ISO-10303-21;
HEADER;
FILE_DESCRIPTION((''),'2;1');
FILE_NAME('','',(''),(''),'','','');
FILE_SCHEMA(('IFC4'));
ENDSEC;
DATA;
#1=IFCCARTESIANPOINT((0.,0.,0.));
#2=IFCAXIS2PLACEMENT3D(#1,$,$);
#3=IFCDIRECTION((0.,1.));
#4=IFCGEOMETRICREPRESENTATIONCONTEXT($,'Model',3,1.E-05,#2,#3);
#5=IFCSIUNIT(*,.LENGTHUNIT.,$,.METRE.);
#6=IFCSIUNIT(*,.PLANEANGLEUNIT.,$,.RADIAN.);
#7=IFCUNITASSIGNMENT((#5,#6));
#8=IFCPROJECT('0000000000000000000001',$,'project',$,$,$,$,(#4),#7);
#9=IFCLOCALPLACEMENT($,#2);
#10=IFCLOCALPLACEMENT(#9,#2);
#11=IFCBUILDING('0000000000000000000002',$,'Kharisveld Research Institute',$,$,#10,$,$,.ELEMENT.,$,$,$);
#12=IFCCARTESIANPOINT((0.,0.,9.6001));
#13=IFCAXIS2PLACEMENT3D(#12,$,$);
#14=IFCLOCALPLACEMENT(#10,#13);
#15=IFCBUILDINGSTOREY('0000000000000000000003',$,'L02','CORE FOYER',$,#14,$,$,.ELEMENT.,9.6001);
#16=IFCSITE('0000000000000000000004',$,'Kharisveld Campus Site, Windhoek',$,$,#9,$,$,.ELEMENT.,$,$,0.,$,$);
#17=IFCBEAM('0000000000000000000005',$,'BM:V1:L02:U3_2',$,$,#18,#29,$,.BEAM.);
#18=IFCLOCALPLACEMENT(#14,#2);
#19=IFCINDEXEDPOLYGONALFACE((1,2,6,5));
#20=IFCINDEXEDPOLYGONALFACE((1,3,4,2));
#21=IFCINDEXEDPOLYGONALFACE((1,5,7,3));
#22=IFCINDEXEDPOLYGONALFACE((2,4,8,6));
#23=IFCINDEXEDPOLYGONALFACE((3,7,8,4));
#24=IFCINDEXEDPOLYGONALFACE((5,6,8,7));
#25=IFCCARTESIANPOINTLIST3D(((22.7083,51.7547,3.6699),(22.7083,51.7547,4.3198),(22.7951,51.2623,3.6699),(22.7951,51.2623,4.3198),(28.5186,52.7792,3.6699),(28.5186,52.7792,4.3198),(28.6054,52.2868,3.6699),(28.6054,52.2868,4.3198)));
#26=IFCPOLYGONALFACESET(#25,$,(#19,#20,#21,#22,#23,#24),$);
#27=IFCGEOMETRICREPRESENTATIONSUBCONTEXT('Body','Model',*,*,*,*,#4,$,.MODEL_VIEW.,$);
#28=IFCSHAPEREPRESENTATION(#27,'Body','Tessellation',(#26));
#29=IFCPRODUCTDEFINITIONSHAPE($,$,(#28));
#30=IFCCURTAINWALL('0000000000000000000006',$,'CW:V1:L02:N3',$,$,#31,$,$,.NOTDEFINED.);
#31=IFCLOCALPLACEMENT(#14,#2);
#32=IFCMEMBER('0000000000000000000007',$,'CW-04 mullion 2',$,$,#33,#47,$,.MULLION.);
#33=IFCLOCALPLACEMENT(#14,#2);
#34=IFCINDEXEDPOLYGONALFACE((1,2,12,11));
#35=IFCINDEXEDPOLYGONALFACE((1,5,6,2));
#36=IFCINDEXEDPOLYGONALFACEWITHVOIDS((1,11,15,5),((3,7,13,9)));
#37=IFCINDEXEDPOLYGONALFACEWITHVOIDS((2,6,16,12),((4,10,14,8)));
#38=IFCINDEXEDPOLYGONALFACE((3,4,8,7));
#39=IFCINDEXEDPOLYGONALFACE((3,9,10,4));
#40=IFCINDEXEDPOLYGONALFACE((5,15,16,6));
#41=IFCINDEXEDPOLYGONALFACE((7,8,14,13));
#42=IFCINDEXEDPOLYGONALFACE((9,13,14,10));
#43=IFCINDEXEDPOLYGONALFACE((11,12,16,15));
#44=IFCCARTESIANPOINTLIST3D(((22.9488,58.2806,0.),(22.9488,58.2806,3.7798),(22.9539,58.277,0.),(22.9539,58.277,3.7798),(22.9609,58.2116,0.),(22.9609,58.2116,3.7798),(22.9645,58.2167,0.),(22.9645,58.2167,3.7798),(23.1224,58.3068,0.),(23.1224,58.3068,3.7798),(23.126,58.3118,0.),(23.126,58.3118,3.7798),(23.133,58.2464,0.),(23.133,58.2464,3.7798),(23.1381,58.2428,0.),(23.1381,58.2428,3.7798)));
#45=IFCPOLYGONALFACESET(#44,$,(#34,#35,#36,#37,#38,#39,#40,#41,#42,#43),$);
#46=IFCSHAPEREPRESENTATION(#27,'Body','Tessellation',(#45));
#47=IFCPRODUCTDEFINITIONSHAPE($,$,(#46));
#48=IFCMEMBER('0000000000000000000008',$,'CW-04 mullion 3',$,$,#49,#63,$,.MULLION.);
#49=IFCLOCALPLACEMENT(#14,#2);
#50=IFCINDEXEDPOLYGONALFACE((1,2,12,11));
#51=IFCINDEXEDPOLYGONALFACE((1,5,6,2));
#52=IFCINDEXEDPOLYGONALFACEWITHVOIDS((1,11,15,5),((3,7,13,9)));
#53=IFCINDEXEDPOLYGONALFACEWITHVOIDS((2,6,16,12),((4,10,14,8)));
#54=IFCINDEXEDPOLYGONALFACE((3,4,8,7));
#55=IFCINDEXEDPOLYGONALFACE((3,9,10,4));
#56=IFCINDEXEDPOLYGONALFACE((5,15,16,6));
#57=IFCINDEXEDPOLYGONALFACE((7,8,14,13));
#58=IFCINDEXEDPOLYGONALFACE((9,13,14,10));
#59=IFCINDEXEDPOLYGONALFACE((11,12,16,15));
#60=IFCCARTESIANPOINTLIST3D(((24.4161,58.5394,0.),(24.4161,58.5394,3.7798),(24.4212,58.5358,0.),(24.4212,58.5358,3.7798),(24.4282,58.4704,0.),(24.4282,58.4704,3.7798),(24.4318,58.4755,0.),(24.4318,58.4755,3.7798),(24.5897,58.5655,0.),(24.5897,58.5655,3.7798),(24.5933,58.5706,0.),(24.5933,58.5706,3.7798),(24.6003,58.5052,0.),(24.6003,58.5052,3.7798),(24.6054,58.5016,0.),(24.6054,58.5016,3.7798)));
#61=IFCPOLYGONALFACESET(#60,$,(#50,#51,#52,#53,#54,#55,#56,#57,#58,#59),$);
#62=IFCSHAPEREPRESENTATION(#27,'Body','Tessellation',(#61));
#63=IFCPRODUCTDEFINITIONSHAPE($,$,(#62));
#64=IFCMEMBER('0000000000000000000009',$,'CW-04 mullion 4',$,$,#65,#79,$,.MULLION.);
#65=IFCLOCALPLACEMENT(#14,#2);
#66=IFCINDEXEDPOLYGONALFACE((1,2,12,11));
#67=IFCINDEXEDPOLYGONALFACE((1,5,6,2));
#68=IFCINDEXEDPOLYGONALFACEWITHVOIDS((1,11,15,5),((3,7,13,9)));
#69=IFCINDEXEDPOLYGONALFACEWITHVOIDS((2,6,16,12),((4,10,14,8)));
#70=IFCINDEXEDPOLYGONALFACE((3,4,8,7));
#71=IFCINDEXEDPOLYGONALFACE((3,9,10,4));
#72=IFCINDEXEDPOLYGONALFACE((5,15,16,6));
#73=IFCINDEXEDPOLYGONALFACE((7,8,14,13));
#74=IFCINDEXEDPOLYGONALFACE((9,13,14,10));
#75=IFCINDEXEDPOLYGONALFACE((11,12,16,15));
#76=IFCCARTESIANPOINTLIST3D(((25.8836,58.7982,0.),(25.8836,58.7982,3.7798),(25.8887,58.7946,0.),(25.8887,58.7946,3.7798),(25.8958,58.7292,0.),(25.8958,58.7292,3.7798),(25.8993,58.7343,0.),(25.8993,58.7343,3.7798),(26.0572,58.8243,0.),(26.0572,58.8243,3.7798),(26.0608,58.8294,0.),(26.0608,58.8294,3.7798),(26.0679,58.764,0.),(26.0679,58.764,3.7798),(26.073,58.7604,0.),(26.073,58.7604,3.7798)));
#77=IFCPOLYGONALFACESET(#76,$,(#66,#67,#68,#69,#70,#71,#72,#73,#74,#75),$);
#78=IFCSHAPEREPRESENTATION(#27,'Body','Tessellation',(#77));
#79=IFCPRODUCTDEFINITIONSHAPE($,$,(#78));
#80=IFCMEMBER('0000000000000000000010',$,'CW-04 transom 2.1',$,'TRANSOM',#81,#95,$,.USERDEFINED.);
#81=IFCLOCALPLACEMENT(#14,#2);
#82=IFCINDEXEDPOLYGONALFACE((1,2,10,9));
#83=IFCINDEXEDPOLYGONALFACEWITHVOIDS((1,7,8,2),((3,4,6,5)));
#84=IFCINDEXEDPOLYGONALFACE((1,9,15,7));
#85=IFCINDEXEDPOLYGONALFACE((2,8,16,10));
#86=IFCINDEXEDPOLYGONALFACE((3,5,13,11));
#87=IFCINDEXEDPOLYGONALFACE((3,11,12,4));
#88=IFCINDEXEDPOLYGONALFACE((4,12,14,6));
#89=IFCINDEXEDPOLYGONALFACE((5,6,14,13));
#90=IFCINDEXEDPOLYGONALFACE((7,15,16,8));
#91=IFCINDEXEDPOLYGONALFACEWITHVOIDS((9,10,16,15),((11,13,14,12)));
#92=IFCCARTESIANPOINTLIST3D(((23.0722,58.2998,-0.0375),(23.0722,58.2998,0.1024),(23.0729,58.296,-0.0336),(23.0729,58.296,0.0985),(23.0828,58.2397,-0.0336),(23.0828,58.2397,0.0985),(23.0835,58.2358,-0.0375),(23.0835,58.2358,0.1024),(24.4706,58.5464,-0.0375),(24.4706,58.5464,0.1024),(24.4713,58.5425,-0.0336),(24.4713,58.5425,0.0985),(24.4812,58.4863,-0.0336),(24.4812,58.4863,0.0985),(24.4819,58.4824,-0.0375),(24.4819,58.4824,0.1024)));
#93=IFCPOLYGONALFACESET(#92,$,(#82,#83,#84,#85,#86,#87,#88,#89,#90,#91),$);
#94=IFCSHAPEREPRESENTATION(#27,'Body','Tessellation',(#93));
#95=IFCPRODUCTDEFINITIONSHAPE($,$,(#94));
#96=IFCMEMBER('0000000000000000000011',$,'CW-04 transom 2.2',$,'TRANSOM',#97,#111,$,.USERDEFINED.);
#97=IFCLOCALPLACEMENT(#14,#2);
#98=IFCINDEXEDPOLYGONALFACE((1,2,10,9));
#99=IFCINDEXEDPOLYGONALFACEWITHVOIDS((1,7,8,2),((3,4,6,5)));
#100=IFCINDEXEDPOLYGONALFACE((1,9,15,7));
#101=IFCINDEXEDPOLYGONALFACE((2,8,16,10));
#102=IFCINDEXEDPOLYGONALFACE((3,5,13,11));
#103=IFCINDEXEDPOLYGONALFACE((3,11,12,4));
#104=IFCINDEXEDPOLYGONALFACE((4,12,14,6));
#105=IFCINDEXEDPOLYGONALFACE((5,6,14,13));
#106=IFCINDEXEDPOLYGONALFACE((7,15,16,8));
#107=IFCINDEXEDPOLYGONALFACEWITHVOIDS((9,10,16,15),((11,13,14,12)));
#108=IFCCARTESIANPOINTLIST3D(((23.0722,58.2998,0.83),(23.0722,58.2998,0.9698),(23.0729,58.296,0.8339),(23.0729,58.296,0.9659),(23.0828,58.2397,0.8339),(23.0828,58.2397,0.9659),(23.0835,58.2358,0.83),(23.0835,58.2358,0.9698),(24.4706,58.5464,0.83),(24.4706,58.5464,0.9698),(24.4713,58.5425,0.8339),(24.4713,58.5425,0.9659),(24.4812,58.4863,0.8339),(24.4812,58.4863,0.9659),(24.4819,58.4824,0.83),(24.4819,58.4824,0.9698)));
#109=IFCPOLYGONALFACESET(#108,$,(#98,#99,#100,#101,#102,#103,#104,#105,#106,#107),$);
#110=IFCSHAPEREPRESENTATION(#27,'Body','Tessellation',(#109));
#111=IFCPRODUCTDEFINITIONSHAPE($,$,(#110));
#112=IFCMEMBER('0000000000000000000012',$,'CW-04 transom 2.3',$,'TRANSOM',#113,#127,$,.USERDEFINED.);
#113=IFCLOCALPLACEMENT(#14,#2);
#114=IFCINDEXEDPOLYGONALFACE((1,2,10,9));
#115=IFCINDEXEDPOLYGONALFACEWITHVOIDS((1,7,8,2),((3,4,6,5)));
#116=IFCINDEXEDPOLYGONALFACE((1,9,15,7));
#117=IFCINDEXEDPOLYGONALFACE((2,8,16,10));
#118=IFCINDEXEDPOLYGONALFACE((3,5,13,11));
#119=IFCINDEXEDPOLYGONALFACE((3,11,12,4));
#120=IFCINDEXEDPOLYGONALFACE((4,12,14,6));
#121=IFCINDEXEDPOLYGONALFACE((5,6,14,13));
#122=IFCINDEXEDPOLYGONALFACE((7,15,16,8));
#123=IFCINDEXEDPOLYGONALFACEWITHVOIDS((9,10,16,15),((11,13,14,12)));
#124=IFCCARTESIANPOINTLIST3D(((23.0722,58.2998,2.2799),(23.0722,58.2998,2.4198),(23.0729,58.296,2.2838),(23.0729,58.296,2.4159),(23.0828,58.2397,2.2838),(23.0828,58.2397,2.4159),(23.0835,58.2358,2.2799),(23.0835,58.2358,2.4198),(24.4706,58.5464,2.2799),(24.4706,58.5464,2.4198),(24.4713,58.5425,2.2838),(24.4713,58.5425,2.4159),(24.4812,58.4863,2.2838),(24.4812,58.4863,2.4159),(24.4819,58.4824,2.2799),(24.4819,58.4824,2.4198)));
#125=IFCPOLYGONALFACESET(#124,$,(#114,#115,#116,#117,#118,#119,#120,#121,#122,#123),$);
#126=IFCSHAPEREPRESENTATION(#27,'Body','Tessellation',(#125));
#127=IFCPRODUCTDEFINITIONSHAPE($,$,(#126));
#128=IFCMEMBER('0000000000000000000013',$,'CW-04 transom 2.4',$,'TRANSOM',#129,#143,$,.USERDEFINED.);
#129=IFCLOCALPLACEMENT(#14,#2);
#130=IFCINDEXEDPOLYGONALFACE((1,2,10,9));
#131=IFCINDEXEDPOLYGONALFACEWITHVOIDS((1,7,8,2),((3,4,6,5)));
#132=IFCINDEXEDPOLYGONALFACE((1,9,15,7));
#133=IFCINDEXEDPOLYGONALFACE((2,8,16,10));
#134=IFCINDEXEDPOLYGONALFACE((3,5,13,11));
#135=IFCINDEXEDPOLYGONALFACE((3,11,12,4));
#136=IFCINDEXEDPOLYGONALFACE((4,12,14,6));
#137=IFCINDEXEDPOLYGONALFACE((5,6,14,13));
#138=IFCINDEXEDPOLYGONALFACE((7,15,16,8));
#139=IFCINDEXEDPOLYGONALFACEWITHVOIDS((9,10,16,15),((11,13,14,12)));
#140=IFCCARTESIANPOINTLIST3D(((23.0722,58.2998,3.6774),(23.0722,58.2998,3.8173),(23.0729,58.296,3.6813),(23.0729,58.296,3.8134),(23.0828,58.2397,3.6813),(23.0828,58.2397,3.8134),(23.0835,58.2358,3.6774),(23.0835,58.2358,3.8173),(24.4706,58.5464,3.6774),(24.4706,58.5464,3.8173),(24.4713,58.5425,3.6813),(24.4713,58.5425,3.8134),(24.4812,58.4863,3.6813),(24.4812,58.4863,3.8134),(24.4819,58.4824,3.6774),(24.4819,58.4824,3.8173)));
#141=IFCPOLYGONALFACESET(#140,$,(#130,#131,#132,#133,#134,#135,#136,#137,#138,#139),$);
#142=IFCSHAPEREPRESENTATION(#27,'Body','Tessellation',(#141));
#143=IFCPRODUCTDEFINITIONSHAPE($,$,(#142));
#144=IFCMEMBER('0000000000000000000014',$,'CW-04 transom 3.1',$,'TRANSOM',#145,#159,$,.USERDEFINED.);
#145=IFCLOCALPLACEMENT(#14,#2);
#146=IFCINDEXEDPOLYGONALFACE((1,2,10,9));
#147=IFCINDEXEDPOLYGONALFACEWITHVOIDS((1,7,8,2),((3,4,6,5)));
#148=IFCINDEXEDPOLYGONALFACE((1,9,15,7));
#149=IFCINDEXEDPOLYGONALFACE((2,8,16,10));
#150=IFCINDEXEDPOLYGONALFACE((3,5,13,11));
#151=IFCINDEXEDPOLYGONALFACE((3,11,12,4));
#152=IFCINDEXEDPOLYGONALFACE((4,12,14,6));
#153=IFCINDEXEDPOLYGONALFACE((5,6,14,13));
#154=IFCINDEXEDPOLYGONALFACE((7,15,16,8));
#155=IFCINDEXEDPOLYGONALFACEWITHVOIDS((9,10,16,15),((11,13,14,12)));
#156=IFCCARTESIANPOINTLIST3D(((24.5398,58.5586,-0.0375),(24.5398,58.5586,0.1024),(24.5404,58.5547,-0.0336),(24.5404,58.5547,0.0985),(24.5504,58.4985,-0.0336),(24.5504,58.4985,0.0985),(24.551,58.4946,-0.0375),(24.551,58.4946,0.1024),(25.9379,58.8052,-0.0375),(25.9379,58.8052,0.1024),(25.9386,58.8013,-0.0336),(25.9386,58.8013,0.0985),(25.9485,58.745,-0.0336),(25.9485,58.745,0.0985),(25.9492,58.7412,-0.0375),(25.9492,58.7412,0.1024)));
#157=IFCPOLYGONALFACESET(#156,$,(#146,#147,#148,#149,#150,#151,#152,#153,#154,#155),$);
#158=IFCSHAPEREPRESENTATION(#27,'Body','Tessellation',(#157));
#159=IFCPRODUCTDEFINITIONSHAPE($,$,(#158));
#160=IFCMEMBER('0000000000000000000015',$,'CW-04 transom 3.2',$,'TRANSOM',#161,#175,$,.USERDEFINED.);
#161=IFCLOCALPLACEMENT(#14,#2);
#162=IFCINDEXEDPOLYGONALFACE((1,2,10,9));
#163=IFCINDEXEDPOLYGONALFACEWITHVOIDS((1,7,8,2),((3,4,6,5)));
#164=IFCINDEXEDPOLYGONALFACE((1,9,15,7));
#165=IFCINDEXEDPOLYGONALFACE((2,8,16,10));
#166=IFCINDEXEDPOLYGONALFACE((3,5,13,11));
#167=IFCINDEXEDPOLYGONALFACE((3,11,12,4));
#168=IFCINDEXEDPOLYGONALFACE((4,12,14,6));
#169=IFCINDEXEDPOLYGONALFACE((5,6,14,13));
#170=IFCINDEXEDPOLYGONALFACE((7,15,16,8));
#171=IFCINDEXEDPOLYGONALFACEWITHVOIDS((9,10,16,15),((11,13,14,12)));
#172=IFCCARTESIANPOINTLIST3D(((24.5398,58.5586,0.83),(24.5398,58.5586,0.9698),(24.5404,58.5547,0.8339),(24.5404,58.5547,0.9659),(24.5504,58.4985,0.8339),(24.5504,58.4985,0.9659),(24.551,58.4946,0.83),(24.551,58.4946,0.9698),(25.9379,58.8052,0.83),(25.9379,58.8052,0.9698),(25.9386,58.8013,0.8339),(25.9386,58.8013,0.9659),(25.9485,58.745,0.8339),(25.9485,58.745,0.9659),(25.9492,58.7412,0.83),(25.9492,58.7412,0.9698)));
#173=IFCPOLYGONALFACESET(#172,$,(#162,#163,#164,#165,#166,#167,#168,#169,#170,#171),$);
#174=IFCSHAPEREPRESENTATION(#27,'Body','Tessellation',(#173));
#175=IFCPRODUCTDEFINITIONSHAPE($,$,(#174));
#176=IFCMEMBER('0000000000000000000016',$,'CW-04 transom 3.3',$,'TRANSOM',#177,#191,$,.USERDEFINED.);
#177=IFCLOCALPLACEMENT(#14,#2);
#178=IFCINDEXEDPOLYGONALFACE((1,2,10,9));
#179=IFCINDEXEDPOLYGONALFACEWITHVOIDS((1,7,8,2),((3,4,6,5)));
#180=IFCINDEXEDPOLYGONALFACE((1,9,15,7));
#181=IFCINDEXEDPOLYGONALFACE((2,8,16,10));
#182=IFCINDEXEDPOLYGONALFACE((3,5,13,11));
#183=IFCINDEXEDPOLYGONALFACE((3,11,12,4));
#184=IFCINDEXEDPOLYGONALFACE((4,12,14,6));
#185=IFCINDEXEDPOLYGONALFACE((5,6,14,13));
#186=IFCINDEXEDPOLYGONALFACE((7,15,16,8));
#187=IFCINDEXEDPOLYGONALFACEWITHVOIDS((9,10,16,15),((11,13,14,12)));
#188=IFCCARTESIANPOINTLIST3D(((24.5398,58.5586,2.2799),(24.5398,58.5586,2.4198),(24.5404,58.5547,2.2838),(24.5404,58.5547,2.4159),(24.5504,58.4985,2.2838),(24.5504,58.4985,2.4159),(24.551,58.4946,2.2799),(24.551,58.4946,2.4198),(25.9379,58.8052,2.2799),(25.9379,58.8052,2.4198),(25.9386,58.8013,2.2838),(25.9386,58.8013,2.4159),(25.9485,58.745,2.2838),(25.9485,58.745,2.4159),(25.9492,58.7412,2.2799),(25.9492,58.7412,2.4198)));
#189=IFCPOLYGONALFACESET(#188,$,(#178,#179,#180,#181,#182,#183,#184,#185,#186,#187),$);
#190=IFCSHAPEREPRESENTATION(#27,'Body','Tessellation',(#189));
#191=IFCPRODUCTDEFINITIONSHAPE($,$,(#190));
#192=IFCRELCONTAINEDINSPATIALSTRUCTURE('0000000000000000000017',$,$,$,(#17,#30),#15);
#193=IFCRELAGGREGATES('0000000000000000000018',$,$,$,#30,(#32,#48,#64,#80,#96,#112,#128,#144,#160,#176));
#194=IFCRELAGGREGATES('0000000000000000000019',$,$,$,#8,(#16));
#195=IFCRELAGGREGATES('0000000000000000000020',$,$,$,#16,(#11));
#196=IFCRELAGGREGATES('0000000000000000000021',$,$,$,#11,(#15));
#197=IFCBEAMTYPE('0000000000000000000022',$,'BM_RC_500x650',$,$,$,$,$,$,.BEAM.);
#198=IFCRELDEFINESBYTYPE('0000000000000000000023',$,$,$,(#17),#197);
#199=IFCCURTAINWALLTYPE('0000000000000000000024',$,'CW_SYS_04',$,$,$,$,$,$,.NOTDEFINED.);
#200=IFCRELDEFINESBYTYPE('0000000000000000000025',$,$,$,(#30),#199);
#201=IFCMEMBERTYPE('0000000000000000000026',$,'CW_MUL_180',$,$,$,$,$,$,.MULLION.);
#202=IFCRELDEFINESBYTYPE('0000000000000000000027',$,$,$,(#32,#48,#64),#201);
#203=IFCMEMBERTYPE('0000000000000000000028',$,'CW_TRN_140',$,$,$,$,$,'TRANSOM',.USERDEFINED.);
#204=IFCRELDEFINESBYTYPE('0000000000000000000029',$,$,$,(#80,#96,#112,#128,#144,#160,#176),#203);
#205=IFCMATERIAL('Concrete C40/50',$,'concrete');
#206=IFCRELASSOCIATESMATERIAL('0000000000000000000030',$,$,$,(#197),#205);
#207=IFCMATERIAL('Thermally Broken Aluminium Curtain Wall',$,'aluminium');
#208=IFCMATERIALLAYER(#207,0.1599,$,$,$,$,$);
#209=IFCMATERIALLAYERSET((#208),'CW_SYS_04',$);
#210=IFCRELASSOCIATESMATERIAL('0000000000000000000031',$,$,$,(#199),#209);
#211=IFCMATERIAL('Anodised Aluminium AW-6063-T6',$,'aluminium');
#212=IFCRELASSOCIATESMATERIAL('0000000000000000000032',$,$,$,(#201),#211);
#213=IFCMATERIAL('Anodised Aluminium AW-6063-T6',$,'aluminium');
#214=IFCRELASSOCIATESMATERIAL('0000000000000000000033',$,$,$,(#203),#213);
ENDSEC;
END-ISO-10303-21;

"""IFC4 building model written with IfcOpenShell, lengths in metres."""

from ifc_helpers import new_model, si_unit, direction, frame, origin, origin_2d, place, context, subcontext, project, spatial, rectangle, hollow_rectangle, extrude, material, layer, layer_set, material_profile, profile_set, type_object, element, aggregate, save


model = new_model("IFC4")

# Units and contexts
model_context = context("Model", 3, precision=1e-05, world=origin(), true_north=direction((0.0, 1.0)))
body_context = subcontext(model_context, "Body", "Model", "MODEL_VIEW")
ifc_project = project(units=[si_unit("LENGTHUNIT", "METRE"), si_unit("PLANEANGLEUNIT", "RADIAN")], contexts=[model_context])

# Site, building, storey
site_placement = place(None, origin())
site = spatial("IfcSite", under=ifc_project, at=site_placement, Name="Kharisveld Campus Site, Windhoek", CompositionType="ELEMENT", RefElevation=0.0)
building_placement = place(site_placement, origin())
building = spatial("IfcBuilding", under=site, at=building_placement, Name="Kharisveld Research Institute", CompositionType="ELEMENT")
storey_placement = place(building_placement, frame((0.0, 0.0, 9.6001)))
storey = spatial("IfcBuildingStorey", under=building, at=storey_placement, Name="L02", Description="CORE FOYER", CompositionType="ELEMENT", Elevation=9.6001)

# Beam
ifc_material_1 = material(Name="Concrete C40/50", Category="concrete")
ifc_material_profile_1 = material_profile(ifc_material_1, rectangle(XDim=0.5, YDim=0.6499, at=origin_2d()))
ifc_profile_set_1 = profile_set([ifc_material_profile_1], Name="Concrete C40/50")
beam_type = type_object("IfcBeamType", Name="BM_RC_500x650", PredefinedType="BEAM", material=ifc_profile_set_1)
beam_placement = place(storey_placement, frame((22.7517, 51.5085, 3.9949), z_axis=(0.984811, 0.173632, 0.0), x_axis=(-0.173632, 0.984811, 0.0)))
element("IfcBeam", 1, at=beam_placement, inside=storey, type_object=beam_type, Name="BM:V1:L02:U3_2", PredefinedType="BEAM", context=body_context, shape_type="SweptSolid", body=[
    extrude(rectangle(XDim=0.5, YDim=0.6499, at=origin_2d()), origin(), (0.0, 0.0, 1.0), 5.8999),
])

# Curtain wall, members
ifc_material_2 = material(Name="Thermally Broken Aluminium Curtain Wall", Category="aluminium")
ifc_layer_1 = layer(ifc_material_2, 0.1599)
ifc_layer_set_1 = layer_set([ifc_layer_1], Name="CW_SYS_04")
curtain_wall_type = type_object("IfcCurtainWallType", Name="CW_SYS_04", PredefinedType="NOTDEFINED", material=ifc_layer_set_1)
curtain_wall_placement = place(storey_placement, origin())
curtain_wall = element("IfcCurtainWall", 2, at=curtain_wall_placement, inside=storey, type_object=curtain_wall_type, Name="CW:V1:L02:N3", PredefinedType="NOTDEFINED")
ifc_material_3 = material(Name="Anodised Aluminium AW-6063-T6", Category="aluminium")
ifc_material_profile_2 = material_profile(ifc_material_3, hollow_rectangle(XDim=0.0701, YDim=0.1799, WallThickness=0.0044, at=origin_2d()))
ifc_profile_set_2 = profile_set([ifc_material_profile_2], Name="Anodised Aluminium AW-6063-T6")
member_type_1 = type_object("IfcMemberType", Name="CW_MUL_180", PredefinedType="MULLION", material=ifc_profile_set_2)
member_1_placement = place(storey_placement, frame((23.0435, 58.2617, 0.0), z_axis=(0.0, 0.0, 1.0), x_axis=(-0.173648, 0.984808, 0.0)))
member_1 = element("IfcMember", 3, at=member_1_placement, type_object=member_type_1, Name="CW-04 mullion 2", PredefinedType="MULLION", context=body_context, shape_type="SweptSolid", body=[
    extrude(hollow_rectangle(XDim=0.0701, YDim=0.1799, WallThickness=0.0044, at=origin_2d()), origin(), (0.0, 0.0, 1.0), 3.7798),
])
member_2_placement = place(storey_placement, frame((24.5107, 58.5205, 0.0), z_axis=(0.0, 0.0, 1.0), x_axis=(-0.173648, 0.984808, 0.0)))
member_2 = element("IfcMember", 4, at=member_2_placement, type_object=member_type_1, Name="CW-04 mullion 3", PredefinedType="MULLION", context=body_context, shape_type="SweptSolid", body=[
    extrude(hollow_rectangle(XDim=0.0701, YDim=0.1799, WallThickness=0.0044, at=origin_2d()), origin(), (0.0, 0.0, 1.0), 3.7798),
])
member_3_placement = place(storey_placement, frame((25.9783, 58.7793, 0.0), z_axis=(0.0, 0.0, 1.0), x_axis=(-0.173648, 0.984808, 0.0)))
member_3 = element("IfcMember", 5, at=member_3_placement, type_object=member_type_1, Name="CW-04 mullion 4", PredefinedType="MULLION", context=body_context, shape_type="SweptSolid", body=[
    extrude(hollow_rectangle(XDim=0.0701, YDim=0.1799, WallThickness=0.0044, at=origin_2d()), origin(), (0.0, 0.0, 1.0), 3.7798),
])
ifc_material_4 = material(Name="Anodised Aluminium AW-6063-T6", Category="aluminium")
ifc_material_profile_3 = material_profile(ifc_material_4, hollow_rectangle(XDim=0.0649, YDim=0.1399, WallThickness=0.0039, at=origin_2d()))
ifc_profile_set_3 = profile_set([ifc_material_profile_3], Name="Anodised Aluminium AW-6063-T6")
member_type_2 = type_object("IfcMemberType", Name="CW_TRN_140", ElementType="TRANSOM", PredefinedType="USERDEFINED", material=ifc_profile_set_3)
member_4_placement = place(storey_placement, frame((23.0779, 58.2678, 0.0325), z_axis=(0.984808, 0.173648, 0.0), x_axis=(-0.173648, 0.984808, 0.0)))
member_4 = element("IfcMember", 6, at=member_4_placement, type_object=member_type_2, Name="CW-04 transom 2.1", ObjectType="TRANSOM", PredefinedType="USERDEFINED", context=body_context, shape_type="SweptSolid", body=[
    extrude(hollow_rectangle(XDim=0.0649, YDim=0.1399, WallThickness=0.0039, at=origin_2d()), origin(), (0.0, 0.0, 1.0), 1.4199),
])
member_5_placement = place(storey_placement, frame((23.0779, 58.2678, 0.8999), z_axis=(0.984808, 0.173648, 0.0), x_axis=(-0.173648, 0.984808, 0.0)))
member_5 = element("IfcMember", 7, at=member_5_placement, type_object=member_type_2, Name="CW-04 transom 2.2", ObjectType="TRANSOM", PredefinedType="USERDEFINED", context=body_context, shape_type="SweptSolid", body=[
    extrude(hollow_rectangle(XDim=0.0649, YDim=0.1399, WallThickness=0.0039, at=origin_2d()), origin(), (0.0, 0.0, 1.0), 1.4199),
])
member_6_placement = place(storey_placement, frame((23.0779, 58.2678, 2.3499), z_axis=(0.984808, 0.173648, 0.0), x_axis=(-0.173648, 0.984808, 0.0)))
member_6 = element("IfcMember", 8, at=member_6_placement, type_object=member_type_2, Name="CW-04 transom 2.3", ObjectType="TRANSOM", PredefinedType="USERDEFINED", context=body_context, shape_type="SweptSolid", body=[
    extrude(hollow_rectangle(XDim=0.0649, YDim=0.1399, WallThickness=0.0039, at=origin_2d()), origin(), (0.0, 0.0, 1.0), 1.4199),
])
member_7_placement = place(storey_placement, frame((23.0779, 58.2678, 3.7473), z_axis=(0.984808, 0.173648, 0.0), x_axis=(-0.173648, 0.984808, 0.0)))
member_7 = element("IfcMember", 9, at=member_7_placement, type_object=member_type_2, Name="CW-04 transom 2.4", ObjectType="TRANSOM", PredefinedType="USERDEFINED", context=body_context, shape_type="SweptSolid", body=[
    extrude(hollow_rectangle(XDim=0.0649, YDim=0.1399, WallThickness=0.0039, at=origin_2d()), origin(), (0.0, 0.0, 1.0), 1.4199),
])
member_8_placement = place(storey_placement, frame((24.5454, 58.5266, 0.0325), z_axis=(0.984803, 0.173677, 0.0), x_axis=(-0.173677, 0.984803, 0.0)))
member_8 = element("IfcMember", 10, at=member_8_placement, type_object=member_type_2, Name="CW-04 transom 3.1", ObjectType="TRANSOM", PredefinedType="USERDEFINED", context=body_context, shape_type="SweptSolid", body=[
    extrude(hollow_rectangle(XDim=0.0649, YDim=0.1399, WallThickness=0.0039, at=origin_2d()), origin(), (0.0, 0.0, 1.0), 1.4197),
])
member_9_placement = place(storey_placement, frame((24.5454, 58.5266, 0.8999), z_axis=(0.984803, 0.173677, 0.0), x_axis=(-0.173677, 0.984803, 0.0)))
member_9 = element("IfcMember", 11, at=member_9_placement, type_object=member_type_2, Name="CW-04 transom 3.2", ObjectType="TRANSOM", PredefinedType="USERDEFINED", context=body_context, shape_type="SweptSolid", body=[
    extrude(hollow_rectangle(XDim=0.0649, YDim=0.1399, WallThickness=0.0039, at=origin_2d()), origin(), (0.0, 0.0, 1.0), 1.4197),
])
member_10_placement = place(storey_placement, frame((24.5454, 58.5266, 2.3499), z_axis=(0.984803, 0.173677, 0.0), x_axis=(-0.173677, 0.984803, 0.0)))
member_10 = element("IfcMember", 12, at=member_10_placement, type_object=member_type_2, Name="CW-04 transom 3.3", ObjectType="TRANSOM", PredefinedType="USERDEFINED", context=body_context, shape_type="SweptSolid", body=[
    extrude(hollow_rectangle(XDim=0.0649, YDim=0.1399, WallThickness=0.0039, at=origin_2d()), origin(), (0.0, 0.0, 1.0), 1.4197),
])
aggregate(curtain_wall, [member_1, member_2, member_3, member_4, member_5, member_6, member_7, member_8, member_9, member_10])

save(model, "model.ifc")
